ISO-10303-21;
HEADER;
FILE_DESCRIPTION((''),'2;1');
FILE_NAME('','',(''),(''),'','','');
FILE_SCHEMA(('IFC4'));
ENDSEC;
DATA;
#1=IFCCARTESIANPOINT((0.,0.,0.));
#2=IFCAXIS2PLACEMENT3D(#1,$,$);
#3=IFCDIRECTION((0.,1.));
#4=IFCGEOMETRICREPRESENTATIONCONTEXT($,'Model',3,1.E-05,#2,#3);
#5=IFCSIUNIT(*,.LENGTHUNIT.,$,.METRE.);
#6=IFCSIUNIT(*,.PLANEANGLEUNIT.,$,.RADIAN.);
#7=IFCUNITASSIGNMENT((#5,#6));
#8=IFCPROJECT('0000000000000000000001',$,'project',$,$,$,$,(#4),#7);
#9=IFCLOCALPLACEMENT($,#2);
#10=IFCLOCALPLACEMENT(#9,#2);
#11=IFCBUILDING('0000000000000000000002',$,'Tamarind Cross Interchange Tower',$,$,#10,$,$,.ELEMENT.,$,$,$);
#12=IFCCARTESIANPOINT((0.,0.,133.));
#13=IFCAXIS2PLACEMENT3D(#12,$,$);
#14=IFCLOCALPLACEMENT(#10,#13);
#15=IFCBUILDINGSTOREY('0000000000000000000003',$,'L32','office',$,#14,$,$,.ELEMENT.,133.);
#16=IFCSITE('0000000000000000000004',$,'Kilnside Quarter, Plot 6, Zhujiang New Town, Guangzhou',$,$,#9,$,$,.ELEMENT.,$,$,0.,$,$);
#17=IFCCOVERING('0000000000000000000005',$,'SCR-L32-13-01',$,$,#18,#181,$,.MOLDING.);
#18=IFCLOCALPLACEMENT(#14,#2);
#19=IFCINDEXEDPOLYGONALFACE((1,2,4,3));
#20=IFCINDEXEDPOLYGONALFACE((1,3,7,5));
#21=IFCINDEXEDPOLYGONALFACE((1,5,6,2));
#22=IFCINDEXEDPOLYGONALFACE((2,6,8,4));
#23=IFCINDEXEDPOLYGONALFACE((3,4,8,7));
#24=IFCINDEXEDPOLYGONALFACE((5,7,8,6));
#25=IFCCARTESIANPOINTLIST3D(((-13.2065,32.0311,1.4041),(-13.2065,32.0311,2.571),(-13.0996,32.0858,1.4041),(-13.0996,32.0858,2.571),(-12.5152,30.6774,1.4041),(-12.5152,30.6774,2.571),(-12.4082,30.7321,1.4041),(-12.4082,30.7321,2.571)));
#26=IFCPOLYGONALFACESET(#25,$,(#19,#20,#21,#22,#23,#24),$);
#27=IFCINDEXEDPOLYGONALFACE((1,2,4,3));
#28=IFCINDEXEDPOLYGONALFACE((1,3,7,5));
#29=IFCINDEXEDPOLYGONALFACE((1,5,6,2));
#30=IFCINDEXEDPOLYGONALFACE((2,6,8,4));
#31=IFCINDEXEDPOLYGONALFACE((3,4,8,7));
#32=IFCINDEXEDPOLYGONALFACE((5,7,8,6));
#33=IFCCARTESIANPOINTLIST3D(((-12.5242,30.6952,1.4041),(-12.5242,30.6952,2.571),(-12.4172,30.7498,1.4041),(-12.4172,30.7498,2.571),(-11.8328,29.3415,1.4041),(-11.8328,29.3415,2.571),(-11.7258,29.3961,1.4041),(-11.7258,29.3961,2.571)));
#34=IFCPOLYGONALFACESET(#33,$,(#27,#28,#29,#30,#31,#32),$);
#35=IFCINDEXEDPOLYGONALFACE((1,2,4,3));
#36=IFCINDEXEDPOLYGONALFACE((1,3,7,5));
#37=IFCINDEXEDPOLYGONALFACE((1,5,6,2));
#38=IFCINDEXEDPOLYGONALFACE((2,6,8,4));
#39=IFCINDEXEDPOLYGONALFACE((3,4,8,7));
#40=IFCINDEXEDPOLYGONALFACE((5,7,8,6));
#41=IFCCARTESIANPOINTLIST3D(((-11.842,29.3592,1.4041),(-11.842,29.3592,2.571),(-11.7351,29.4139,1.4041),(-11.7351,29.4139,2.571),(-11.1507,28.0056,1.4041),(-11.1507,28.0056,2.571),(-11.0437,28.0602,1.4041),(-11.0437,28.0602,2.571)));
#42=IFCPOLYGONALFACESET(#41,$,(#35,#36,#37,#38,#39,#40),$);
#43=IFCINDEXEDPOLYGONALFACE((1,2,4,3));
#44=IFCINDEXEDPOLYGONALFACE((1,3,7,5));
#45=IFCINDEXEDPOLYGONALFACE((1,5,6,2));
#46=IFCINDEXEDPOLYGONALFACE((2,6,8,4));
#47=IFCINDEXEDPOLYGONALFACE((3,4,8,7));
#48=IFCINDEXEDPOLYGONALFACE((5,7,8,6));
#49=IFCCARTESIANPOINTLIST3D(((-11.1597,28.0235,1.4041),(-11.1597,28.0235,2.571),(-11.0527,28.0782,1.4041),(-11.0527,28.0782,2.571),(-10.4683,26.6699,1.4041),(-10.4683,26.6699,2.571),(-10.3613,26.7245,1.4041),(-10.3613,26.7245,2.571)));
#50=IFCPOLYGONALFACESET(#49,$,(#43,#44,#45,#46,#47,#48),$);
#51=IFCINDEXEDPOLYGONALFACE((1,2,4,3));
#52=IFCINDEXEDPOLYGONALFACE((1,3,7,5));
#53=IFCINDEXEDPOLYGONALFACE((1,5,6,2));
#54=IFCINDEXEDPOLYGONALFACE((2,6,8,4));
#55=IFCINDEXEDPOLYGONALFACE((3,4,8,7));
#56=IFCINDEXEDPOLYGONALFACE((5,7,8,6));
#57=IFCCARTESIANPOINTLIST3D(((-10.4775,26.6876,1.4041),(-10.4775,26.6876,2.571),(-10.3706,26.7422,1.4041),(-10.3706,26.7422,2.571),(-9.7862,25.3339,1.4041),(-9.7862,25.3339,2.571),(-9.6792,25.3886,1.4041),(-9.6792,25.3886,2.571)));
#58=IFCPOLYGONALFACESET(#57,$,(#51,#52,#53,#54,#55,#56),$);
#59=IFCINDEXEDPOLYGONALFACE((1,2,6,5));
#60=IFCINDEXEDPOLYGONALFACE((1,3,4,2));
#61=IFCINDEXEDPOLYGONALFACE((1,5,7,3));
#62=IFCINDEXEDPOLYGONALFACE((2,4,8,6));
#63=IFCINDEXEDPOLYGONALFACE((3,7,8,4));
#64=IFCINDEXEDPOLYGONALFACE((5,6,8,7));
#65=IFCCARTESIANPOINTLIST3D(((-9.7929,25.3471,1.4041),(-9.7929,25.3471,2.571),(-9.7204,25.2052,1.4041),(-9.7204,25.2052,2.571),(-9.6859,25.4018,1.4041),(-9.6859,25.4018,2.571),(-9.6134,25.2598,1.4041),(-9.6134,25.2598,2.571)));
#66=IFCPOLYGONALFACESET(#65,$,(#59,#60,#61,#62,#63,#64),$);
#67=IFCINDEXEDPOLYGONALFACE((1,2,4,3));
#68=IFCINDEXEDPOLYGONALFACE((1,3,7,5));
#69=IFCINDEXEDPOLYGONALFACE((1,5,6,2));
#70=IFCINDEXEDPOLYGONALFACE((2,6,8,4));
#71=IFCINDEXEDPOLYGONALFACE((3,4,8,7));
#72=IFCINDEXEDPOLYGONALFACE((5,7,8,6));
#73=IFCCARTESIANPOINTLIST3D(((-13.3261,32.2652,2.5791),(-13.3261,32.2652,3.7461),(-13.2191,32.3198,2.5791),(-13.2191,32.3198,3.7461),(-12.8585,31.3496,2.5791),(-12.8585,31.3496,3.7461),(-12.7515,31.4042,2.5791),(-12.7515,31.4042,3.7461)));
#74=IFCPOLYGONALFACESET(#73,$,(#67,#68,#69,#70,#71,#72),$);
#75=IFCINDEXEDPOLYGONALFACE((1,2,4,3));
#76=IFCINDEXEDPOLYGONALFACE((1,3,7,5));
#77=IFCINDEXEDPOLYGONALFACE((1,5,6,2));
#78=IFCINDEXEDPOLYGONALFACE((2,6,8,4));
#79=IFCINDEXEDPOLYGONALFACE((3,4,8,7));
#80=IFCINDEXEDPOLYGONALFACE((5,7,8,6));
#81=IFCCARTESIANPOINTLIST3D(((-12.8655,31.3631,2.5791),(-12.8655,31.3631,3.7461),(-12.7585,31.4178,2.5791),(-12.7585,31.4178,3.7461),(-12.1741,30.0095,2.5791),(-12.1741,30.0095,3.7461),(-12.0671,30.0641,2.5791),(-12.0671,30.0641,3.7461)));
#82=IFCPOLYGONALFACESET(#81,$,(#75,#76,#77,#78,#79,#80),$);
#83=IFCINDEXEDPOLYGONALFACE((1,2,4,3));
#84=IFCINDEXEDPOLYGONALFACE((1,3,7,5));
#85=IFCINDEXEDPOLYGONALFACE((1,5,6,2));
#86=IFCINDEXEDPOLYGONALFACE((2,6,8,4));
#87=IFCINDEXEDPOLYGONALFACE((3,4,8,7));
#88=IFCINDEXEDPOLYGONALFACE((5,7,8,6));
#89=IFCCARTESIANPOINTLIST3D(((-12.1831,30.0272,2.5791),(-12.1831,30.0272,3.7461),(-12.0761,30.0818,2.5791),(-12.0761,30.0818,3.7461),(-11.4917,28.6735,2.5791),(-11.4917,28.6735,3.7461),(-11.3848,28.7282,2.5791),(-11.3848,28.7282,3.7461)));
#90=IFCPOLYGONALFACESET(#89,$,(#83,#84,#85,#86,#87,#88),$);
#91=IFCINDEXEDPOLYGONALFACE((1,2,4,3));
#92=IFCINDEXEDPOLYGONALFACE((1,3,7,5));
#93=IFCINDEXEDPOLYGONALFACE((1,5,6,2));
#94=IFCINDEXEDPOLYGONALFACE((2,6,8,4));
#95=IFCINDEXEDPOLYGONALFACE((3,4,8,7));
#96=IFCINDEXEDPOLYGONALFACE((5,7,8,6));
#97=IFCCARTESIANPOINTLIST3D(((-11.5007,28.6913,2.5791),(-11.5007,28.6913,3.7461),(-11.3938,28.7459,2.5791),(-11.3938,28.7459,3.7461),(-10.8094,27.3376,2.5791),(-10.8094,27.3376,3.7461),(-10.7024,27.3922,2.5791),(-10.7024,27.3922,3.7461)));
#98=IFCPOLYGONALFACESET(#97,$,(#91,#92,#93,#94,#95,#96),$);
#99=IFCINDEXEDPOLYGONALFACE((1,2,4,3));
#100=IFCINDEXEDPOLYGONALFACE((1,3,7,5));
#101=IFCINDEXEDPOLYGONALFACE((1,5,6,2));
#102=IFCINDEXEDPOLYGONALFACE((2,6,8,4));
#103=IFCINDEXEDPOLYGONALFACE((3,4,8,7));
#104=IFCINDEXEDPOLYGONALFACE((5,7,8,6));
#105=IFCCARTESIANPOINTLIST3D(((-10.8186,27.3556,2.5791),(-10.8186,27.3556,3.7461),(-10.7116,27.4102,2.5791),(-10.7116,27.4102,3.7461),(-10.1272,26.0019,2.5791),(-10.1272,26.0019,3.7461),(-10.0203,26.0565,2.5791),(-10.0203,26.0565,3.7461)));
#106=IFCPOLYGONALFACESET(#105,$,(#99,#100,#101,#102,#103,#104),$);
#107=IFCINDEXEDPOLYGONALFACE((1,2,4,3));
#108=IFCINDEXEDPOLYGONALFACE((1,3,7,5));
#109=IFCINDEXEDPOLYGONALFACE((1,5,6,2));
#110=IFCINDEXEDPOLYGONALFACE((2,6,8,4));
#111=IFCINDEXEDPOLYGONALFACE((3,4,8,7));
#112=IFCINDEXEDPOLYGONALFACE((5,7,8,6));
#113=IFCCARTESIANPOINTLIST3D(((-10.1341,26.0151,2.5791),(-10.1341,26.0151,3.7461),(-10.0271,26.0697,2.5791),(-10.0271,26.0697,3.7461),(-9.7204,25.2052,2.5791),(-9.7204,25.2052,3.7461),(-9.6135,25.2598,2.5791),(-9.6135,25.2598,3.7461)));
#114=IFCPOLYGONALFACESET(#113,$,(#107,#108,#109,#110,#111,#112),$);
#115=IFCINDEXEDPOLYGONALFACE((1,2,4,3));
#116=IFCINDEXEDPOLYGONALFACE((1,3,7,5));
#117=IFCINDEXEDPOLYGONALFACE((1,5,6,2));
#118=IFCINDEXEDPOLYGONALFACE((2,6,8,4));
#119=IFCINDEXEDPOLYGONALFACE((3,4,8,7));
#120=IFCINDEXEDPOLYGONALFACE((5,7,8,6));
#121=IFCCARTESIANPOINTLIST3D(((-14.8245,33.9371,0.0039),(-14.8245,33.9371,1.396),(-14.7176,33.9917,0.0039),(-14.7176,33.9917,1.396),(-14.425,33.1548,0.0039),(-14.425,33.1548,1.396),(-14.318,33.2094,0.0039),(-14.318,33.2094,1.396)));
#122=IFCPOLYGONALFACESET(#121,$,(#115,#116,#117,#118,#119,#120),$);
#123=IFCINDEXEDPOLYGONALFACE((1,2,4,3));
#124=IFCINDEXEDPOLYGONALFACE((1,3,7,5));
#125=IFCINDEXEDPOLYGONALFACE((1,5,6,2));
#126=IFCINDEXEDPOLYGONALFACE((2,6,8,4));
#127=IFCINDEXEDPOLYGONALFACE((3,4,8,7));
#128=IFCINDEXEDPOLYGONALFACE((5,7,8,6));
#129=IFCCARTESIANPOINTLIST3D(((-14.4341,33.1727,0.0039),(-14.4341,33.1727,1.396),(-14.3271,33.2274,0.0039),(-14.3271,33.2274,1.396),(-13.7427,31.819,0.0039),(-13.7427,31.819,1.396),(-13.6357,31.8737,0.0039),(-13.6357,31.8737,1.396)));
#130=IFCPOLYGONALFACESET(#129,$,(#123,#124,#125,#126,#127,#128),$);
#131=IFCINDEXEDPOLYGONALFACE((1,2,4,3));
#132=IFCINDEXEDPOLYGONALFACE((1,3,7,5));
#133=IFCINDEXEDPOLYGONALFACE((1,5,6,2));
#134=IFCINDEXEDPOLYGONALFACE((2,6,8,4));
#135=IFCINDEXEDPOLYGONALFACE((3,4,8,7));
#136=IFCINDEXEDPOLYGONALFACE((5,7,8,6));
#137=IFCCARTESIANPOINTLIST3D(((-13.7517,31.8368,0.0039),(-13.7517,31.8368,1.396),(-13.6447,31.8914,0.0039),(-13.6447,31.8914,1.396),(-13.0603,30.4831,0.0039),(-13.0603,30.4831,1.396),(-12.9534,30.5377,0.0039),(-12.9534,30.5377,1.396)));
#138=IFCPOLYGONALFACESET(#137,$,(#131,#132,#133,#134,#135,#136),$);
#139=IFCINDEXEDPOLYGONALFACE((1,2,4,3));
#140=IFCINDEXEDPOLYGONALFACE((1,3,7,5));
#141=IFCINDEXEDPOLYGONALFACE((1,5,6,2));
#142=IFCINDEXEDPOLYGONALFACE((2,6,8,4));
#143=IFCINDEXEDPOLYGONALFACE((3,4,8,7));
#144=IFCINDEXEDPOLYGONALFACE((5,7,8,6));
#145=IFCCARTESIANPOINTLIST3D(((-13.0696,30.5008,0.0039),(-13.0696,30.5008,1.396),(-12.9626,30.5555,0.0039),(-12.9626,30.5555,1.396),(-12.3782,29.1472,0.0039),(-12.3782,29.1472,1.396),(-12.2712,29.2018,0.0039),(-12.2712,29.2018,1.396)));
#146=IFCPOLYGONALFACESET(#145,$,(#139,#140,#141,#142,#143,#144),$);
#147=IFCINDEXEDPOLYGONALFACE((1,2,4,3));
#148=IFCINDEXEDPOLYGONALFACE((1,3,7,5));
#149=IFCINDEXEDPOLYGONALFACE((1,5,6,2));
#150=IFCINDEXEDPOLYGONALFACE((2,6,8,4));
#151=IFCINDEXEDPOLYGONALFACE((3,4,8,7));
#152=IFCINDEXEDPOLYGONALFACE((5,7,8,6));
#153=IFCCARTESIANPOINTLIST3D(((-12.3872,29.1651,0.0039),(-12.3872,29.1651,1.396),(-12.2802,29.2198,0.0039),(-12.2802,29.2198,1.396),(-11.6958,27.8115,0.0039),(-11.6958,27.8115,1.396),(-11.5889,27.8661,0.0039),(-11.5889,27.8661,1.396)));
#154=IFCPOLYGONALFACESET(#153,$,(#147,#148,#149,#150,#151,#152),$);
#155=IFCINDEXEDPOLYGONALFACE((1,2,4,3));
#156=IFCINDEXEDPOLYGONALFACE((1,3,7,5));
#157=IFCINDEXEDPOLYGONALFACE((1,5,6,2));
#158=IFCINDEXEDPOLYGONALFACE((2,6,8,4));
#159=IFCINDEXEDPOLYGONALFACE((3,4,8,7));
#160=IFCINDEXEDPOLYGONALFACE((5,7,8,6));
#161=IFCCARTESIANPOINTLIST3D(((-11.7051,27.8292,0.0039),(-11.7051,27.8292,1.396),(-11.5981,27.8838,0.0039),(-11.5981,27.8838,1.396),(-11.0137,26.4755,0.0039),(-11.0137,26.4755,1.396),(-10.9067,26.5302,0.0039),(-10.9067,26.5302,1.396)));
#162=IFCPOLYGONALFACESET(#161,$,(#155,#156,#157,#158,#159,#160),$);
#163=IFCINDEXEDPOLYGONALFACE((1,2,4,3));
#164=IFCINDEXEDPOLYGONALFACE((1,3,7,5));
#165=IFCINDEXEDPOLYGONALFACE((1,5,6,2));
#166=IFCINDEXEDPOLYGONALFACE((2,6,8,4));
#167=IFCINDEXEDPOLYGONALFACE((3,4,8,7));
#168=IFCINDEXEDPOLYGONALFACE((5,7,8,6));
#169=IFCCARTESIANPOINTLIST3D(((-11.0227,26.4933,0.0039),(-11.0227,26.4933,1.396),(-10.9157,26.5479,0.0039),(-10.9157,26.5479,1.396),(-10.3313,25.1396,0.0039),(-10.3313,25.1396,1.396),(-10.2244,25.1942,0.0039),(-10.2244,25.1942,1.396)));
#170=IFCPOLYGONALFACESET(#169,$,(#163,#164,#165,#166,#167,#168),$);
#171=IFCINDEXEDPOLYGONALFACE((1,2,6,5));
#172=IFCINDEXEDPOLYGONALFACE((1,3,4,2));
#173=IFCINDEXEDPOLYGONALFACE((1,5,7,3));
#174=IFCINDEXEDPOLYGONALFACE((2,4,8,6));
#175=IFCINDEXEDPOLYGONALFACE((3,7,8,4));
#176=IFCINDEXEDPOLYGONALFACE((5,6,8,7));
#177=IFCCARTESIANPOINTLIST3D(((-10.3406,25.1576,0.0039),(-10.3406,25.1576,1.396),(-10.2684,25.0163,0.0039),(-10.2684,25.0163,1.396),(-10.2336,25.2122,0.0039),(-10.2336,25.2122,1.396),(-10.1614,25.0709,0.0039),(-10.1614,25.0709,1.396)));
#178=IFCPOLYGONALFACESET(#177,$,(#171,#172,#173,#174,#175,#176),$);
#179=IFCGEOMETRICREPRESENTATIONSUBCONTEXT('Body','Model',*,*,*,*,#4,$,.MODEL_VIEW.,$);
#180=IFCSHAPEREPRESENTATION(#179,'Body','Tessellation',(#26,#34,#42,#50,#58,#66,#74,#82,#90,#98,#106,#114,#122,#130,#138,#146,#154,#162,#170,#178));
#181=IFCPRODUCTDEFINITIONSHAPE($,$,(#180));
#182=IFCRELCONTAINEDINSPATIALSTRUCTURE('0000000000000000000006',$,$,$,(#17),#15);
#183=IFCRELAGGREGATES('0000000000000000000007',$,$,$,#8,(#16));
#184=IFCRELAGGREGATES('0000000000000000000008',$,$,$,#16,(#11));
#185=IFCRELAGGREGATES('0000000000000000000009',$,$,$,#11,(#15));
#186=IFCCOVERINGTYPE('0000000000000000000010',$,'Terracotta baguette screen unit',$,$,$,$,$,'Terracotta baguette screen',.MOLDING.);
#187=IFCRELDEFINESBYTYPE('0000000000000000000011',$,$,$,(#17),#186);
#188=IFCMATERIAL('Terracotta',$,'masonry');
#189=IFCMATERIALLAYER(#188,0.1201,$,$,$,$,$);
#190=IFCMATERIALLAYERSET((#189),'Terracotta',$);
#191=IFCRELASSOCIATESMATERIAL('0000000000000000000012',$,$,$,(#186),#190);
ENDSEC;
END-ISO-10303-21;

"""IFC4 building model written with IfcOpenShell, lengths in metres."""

from ifc_helpers import new_model, si_unit, direction, frame, origin, origin_2d, place, context, subcontext, project, spatial, rectangle, extrude, material, layer, layer_set, type_object, element, save


model = new_model("IFC4")

# Units and contexts
model_context = context("Model", 3, precision=1e-05, world=origin(), true_north=direction((0.0, 1.0)))
body_context = subcontext(model_context, "Body", "Model", "MODEL_VIEW")
ifc_project = project(units=[si_unit("LENGTHUNIT", "METRE"), si_unit("PLANEANGLEUNIT", "RADIAN")], contexts=[model_context])

# Site, building, storey
site_placement = place(None, origin())
site = spatial("IfcSite", under=ifc_project, at=site_placement, Name="Kilnside Quarter, Plot 6, Zhujiang New Town, Guangzhou", CompositionType="ELEMENT", RefElevation=0.0)
building_placement = place(site_placement, origin())
building = spatial("IfcBuilding", under=site, at=building_placement, Name="Tamarind Cross Interchange Tower", CompositionType="ELEMENT")
storey_placement = place(building_placement, frame((0.0, 0.0, 133.0)))
storey = spatial("IfcBuildingStorey", under=building, at=storey_placement, Name="L32", Description="office", CompositionType="ELEMENT", Elevation=133.0)

# Covering
ifc_material_1 = material(Name="Terracotta", Category="masonry")
ifc_layer_1 = layer(ifc_material_1, 0.1201)
ifc_layer_set_1 = layer_set([ifc_layer_1], Name="Terracotta")
covering_type = type_object("IfcCoveringType", Name="Terracotta baguette screen unit", ElementType="Terracotta baguette screen", PredefinedType="MOLDING", material=ifc_layer_set_1)
covering_1_placement = place(storey_placement, origin())
element("IfcCovering", 1, at=covering_1_placement, inside=storey, type_object=covering_type, Name="SCR-L32-13-01", PredefinedType="MOLDING", context=body_context, shape_type="SweptSolid", body=[
    extrude(rectangle(XDim=1.52, YDim=0.1201, at=origin_2d()), frame((-12.8074, 31.3816, 1.4041), z_axis=(0.0, 0.0, 1.0), x_axis=(0.454847, -0.89057, 0.0)), (0.0, 0.0, 1.0), 1.167),
    extrude(rectangle(XDim=1.52, YDim=0.1201, at=origin_2d()), frame((-12.125, 30.0457, 1.4041), z_axis=(0.0, 0.0, 1.0), x_axis=(0.454847, -0.89057, 0.0)), (0.0, 0.0, 1.0), 1.167),
    extrude(rectangle(XDim=1.52, YDim=0.1201, at=origin_2d()), frame((-11.4429, 28.7097, 1.4041), z_axis=(0.0, 0.0, 1.0), x_axis=(0.454847, -0.89057, 0.0)), (0.0, 0.0, 1.0), 1.167),
    extrude(rectangle(XDim=1.52, YDim=0.1201, at=origin_2d()), frame((-10.7605, 27.374, 1.4041), z_axis=(0.0, 0.0, 1.0), x_axis=(0.454847, -0.89057, 0.0)), (0.0, 0.0, 1.0), 1.167),
    extrude(rectangle(XDim=1.52, YDim=0.1201, at=origin_2d()), frame((-10.0784, 26.0381, 1.4041), z_axis=(0.0, 0.0, 1.0), x_axis=(0.454847, -0.89057, 0.0)), (0.0, 0.0, 1.0), 1.167),
    extrude(rectangle(XDim=0.1594, YDim=0.1201, at=origin_2d()), frame((-9.7031, 25.3035, 1.4041), z_axis=(0.0, 0.0, 1.0), x_axis=(0.454847, -0.89057, 0.0)), (0.0, 0.0, 1.0), 1.167),
    extrude(rectangle(XDim=1.0281, YDim=0.1201, at=origin_2d()), frame((-13.0388, 31.8347, 2.5791), z_axis=(0.0, 0.0, 1.0), x_axis=(0.454847, -0.89057, 0.0)), (0.0, 0.0, 1.0), 1.167),
    extrude(rectangle(XDim=1.52, YDim=0.1201, at=origin_2d()), frame((-12.4663, 30.7136, 2.5791), z_axis=(0.0, 0.0, 1.0), x_axis=(0.454847, -0.89057, 0.0)), (0.0, 0.0, 1.0), 1.167),
    extrude(rectangle(XDim=1.52, YDim=0.1201, at=origin_2d()), frame((-11.7839, 29.3777, 2.5791), z_axis=(0.0, 0.0, 1.0), x_axis=(0.454847, -0.89057, 0.0)), (0.0, 0.0, 1.0), 1.167),
    extrude(rectangle(XDim=1.52, YDim=0.1201, at=origin_2d()), frame((-11.1016, 28.0417, 2.5791), z_axis=(0.0, 0.0, 1.0), x_axis=(0.454847, -0.89057, 0.0)), (0.0, 0.0, 1.0), 1.167),
    extrude(rectangle(XDim=1.52, YDim=0.1201, at=origin_2d()), frame((-10.4194, 26.7061, 2.5791), z_axis=(0.0, 0.0, 1.0), x_axis=(0.454847, -0.89057, 0.0)), (0.0, 0.0, 1.0), 1.167),
    extrude(rectangle(XDim=0.9094, YDim=0.1201, at=origin_2d()), frame((-9.8738, 25.6375, 2.5791), z_axis=(0.0, 0.0, 1.0), x_axis=(0.454847, -0.89057, 0.0)), (0.0, 0.0, 1.0), 1.167),
    extrude(rectangle(XDim=0.8784, YDim=0.1201, at=origin_2d()), frame((-14.5713, 33.5732, 0.0039), z_axis=(0.0, 0.0, 1.0), x_axis=(0.454847, -0.89057, 0.0)), (0.0, 0.0, 1.0), 1.3921),
    extrude(rectangle(XDim=1.52, YDim=0.1201, at=origin_2d()), frame((-14.0349, 32.5232, 0.0039), z_axis=(0.0, 0.0, 1.0), x_axis=(0.454847, -0.89057, 0.0)), (0.0, 0.0, 1.0), 1.3921),
    extrude(rectangle(XDim=1.52, YDim=0.1201, at=origin_2d()), frame((-13.3525, 31.1873, 0.0039), z_axis=(0.0, 0.0, 1.0), x_axis=(0.454847, -0.89057, 0.0)), (0.0, 0.0, 1.0), 1.3921),
    extrude(rectangle(XDim=1.52, YDim=0.1201, at=origin_2d()), frame((-12.6704, 29.8513, 0.0039), z_axis=(0.0, 0.0, 1.0), x_axis=(0.454847, -0.89057, 0.0)), (0.0, 0.0, 1.0), 1.3921),
    extrude(rectangle(XDim=1.52, YDim=0.1201, at=origin_2d()), frame((-11.988, 28.5156, 0.0039), z_axis=(0.0, 0.0, 1.0), x_axis=(0.454847, -0.89057, 0.0)), (0.0, 0.0, 1.0), 1.3921),
    extrude(rectangle(XDim=1.52, YDim=0.1201, at=origin_2d()), frame((-11.3059, 27.1797, 0.0039), z_axis=(0.0, 0.0, 1.0), x_axis=(0.454847, -0.89057, 0.0)), (0.0, 0.0, 1.0), 1.3921),
    extrude(rectangle(XDim=1.52, YDim=0.1201, at=origin_2d()), frame((-10.6235, 25.8438, 0.0039), z_axis=(0.0, 0.0, 1.0), x_axis=(0.454847, -0.89057, 0.0)), (0.0, 0.0, 1.0), 1.3921),
    extrude(rectangle(XDim=0.1587, YDim=0.1201, at=origin_2d()), frame((-10.251, 25.1143, 0.0039), z_axis=(0.0, 0.0, 1.0), x_axis=(0.454847, -0.89057, 0.0)), (0.0, 0.0, 1.0), 1.3921),
])

save(model, "model.ifc")
